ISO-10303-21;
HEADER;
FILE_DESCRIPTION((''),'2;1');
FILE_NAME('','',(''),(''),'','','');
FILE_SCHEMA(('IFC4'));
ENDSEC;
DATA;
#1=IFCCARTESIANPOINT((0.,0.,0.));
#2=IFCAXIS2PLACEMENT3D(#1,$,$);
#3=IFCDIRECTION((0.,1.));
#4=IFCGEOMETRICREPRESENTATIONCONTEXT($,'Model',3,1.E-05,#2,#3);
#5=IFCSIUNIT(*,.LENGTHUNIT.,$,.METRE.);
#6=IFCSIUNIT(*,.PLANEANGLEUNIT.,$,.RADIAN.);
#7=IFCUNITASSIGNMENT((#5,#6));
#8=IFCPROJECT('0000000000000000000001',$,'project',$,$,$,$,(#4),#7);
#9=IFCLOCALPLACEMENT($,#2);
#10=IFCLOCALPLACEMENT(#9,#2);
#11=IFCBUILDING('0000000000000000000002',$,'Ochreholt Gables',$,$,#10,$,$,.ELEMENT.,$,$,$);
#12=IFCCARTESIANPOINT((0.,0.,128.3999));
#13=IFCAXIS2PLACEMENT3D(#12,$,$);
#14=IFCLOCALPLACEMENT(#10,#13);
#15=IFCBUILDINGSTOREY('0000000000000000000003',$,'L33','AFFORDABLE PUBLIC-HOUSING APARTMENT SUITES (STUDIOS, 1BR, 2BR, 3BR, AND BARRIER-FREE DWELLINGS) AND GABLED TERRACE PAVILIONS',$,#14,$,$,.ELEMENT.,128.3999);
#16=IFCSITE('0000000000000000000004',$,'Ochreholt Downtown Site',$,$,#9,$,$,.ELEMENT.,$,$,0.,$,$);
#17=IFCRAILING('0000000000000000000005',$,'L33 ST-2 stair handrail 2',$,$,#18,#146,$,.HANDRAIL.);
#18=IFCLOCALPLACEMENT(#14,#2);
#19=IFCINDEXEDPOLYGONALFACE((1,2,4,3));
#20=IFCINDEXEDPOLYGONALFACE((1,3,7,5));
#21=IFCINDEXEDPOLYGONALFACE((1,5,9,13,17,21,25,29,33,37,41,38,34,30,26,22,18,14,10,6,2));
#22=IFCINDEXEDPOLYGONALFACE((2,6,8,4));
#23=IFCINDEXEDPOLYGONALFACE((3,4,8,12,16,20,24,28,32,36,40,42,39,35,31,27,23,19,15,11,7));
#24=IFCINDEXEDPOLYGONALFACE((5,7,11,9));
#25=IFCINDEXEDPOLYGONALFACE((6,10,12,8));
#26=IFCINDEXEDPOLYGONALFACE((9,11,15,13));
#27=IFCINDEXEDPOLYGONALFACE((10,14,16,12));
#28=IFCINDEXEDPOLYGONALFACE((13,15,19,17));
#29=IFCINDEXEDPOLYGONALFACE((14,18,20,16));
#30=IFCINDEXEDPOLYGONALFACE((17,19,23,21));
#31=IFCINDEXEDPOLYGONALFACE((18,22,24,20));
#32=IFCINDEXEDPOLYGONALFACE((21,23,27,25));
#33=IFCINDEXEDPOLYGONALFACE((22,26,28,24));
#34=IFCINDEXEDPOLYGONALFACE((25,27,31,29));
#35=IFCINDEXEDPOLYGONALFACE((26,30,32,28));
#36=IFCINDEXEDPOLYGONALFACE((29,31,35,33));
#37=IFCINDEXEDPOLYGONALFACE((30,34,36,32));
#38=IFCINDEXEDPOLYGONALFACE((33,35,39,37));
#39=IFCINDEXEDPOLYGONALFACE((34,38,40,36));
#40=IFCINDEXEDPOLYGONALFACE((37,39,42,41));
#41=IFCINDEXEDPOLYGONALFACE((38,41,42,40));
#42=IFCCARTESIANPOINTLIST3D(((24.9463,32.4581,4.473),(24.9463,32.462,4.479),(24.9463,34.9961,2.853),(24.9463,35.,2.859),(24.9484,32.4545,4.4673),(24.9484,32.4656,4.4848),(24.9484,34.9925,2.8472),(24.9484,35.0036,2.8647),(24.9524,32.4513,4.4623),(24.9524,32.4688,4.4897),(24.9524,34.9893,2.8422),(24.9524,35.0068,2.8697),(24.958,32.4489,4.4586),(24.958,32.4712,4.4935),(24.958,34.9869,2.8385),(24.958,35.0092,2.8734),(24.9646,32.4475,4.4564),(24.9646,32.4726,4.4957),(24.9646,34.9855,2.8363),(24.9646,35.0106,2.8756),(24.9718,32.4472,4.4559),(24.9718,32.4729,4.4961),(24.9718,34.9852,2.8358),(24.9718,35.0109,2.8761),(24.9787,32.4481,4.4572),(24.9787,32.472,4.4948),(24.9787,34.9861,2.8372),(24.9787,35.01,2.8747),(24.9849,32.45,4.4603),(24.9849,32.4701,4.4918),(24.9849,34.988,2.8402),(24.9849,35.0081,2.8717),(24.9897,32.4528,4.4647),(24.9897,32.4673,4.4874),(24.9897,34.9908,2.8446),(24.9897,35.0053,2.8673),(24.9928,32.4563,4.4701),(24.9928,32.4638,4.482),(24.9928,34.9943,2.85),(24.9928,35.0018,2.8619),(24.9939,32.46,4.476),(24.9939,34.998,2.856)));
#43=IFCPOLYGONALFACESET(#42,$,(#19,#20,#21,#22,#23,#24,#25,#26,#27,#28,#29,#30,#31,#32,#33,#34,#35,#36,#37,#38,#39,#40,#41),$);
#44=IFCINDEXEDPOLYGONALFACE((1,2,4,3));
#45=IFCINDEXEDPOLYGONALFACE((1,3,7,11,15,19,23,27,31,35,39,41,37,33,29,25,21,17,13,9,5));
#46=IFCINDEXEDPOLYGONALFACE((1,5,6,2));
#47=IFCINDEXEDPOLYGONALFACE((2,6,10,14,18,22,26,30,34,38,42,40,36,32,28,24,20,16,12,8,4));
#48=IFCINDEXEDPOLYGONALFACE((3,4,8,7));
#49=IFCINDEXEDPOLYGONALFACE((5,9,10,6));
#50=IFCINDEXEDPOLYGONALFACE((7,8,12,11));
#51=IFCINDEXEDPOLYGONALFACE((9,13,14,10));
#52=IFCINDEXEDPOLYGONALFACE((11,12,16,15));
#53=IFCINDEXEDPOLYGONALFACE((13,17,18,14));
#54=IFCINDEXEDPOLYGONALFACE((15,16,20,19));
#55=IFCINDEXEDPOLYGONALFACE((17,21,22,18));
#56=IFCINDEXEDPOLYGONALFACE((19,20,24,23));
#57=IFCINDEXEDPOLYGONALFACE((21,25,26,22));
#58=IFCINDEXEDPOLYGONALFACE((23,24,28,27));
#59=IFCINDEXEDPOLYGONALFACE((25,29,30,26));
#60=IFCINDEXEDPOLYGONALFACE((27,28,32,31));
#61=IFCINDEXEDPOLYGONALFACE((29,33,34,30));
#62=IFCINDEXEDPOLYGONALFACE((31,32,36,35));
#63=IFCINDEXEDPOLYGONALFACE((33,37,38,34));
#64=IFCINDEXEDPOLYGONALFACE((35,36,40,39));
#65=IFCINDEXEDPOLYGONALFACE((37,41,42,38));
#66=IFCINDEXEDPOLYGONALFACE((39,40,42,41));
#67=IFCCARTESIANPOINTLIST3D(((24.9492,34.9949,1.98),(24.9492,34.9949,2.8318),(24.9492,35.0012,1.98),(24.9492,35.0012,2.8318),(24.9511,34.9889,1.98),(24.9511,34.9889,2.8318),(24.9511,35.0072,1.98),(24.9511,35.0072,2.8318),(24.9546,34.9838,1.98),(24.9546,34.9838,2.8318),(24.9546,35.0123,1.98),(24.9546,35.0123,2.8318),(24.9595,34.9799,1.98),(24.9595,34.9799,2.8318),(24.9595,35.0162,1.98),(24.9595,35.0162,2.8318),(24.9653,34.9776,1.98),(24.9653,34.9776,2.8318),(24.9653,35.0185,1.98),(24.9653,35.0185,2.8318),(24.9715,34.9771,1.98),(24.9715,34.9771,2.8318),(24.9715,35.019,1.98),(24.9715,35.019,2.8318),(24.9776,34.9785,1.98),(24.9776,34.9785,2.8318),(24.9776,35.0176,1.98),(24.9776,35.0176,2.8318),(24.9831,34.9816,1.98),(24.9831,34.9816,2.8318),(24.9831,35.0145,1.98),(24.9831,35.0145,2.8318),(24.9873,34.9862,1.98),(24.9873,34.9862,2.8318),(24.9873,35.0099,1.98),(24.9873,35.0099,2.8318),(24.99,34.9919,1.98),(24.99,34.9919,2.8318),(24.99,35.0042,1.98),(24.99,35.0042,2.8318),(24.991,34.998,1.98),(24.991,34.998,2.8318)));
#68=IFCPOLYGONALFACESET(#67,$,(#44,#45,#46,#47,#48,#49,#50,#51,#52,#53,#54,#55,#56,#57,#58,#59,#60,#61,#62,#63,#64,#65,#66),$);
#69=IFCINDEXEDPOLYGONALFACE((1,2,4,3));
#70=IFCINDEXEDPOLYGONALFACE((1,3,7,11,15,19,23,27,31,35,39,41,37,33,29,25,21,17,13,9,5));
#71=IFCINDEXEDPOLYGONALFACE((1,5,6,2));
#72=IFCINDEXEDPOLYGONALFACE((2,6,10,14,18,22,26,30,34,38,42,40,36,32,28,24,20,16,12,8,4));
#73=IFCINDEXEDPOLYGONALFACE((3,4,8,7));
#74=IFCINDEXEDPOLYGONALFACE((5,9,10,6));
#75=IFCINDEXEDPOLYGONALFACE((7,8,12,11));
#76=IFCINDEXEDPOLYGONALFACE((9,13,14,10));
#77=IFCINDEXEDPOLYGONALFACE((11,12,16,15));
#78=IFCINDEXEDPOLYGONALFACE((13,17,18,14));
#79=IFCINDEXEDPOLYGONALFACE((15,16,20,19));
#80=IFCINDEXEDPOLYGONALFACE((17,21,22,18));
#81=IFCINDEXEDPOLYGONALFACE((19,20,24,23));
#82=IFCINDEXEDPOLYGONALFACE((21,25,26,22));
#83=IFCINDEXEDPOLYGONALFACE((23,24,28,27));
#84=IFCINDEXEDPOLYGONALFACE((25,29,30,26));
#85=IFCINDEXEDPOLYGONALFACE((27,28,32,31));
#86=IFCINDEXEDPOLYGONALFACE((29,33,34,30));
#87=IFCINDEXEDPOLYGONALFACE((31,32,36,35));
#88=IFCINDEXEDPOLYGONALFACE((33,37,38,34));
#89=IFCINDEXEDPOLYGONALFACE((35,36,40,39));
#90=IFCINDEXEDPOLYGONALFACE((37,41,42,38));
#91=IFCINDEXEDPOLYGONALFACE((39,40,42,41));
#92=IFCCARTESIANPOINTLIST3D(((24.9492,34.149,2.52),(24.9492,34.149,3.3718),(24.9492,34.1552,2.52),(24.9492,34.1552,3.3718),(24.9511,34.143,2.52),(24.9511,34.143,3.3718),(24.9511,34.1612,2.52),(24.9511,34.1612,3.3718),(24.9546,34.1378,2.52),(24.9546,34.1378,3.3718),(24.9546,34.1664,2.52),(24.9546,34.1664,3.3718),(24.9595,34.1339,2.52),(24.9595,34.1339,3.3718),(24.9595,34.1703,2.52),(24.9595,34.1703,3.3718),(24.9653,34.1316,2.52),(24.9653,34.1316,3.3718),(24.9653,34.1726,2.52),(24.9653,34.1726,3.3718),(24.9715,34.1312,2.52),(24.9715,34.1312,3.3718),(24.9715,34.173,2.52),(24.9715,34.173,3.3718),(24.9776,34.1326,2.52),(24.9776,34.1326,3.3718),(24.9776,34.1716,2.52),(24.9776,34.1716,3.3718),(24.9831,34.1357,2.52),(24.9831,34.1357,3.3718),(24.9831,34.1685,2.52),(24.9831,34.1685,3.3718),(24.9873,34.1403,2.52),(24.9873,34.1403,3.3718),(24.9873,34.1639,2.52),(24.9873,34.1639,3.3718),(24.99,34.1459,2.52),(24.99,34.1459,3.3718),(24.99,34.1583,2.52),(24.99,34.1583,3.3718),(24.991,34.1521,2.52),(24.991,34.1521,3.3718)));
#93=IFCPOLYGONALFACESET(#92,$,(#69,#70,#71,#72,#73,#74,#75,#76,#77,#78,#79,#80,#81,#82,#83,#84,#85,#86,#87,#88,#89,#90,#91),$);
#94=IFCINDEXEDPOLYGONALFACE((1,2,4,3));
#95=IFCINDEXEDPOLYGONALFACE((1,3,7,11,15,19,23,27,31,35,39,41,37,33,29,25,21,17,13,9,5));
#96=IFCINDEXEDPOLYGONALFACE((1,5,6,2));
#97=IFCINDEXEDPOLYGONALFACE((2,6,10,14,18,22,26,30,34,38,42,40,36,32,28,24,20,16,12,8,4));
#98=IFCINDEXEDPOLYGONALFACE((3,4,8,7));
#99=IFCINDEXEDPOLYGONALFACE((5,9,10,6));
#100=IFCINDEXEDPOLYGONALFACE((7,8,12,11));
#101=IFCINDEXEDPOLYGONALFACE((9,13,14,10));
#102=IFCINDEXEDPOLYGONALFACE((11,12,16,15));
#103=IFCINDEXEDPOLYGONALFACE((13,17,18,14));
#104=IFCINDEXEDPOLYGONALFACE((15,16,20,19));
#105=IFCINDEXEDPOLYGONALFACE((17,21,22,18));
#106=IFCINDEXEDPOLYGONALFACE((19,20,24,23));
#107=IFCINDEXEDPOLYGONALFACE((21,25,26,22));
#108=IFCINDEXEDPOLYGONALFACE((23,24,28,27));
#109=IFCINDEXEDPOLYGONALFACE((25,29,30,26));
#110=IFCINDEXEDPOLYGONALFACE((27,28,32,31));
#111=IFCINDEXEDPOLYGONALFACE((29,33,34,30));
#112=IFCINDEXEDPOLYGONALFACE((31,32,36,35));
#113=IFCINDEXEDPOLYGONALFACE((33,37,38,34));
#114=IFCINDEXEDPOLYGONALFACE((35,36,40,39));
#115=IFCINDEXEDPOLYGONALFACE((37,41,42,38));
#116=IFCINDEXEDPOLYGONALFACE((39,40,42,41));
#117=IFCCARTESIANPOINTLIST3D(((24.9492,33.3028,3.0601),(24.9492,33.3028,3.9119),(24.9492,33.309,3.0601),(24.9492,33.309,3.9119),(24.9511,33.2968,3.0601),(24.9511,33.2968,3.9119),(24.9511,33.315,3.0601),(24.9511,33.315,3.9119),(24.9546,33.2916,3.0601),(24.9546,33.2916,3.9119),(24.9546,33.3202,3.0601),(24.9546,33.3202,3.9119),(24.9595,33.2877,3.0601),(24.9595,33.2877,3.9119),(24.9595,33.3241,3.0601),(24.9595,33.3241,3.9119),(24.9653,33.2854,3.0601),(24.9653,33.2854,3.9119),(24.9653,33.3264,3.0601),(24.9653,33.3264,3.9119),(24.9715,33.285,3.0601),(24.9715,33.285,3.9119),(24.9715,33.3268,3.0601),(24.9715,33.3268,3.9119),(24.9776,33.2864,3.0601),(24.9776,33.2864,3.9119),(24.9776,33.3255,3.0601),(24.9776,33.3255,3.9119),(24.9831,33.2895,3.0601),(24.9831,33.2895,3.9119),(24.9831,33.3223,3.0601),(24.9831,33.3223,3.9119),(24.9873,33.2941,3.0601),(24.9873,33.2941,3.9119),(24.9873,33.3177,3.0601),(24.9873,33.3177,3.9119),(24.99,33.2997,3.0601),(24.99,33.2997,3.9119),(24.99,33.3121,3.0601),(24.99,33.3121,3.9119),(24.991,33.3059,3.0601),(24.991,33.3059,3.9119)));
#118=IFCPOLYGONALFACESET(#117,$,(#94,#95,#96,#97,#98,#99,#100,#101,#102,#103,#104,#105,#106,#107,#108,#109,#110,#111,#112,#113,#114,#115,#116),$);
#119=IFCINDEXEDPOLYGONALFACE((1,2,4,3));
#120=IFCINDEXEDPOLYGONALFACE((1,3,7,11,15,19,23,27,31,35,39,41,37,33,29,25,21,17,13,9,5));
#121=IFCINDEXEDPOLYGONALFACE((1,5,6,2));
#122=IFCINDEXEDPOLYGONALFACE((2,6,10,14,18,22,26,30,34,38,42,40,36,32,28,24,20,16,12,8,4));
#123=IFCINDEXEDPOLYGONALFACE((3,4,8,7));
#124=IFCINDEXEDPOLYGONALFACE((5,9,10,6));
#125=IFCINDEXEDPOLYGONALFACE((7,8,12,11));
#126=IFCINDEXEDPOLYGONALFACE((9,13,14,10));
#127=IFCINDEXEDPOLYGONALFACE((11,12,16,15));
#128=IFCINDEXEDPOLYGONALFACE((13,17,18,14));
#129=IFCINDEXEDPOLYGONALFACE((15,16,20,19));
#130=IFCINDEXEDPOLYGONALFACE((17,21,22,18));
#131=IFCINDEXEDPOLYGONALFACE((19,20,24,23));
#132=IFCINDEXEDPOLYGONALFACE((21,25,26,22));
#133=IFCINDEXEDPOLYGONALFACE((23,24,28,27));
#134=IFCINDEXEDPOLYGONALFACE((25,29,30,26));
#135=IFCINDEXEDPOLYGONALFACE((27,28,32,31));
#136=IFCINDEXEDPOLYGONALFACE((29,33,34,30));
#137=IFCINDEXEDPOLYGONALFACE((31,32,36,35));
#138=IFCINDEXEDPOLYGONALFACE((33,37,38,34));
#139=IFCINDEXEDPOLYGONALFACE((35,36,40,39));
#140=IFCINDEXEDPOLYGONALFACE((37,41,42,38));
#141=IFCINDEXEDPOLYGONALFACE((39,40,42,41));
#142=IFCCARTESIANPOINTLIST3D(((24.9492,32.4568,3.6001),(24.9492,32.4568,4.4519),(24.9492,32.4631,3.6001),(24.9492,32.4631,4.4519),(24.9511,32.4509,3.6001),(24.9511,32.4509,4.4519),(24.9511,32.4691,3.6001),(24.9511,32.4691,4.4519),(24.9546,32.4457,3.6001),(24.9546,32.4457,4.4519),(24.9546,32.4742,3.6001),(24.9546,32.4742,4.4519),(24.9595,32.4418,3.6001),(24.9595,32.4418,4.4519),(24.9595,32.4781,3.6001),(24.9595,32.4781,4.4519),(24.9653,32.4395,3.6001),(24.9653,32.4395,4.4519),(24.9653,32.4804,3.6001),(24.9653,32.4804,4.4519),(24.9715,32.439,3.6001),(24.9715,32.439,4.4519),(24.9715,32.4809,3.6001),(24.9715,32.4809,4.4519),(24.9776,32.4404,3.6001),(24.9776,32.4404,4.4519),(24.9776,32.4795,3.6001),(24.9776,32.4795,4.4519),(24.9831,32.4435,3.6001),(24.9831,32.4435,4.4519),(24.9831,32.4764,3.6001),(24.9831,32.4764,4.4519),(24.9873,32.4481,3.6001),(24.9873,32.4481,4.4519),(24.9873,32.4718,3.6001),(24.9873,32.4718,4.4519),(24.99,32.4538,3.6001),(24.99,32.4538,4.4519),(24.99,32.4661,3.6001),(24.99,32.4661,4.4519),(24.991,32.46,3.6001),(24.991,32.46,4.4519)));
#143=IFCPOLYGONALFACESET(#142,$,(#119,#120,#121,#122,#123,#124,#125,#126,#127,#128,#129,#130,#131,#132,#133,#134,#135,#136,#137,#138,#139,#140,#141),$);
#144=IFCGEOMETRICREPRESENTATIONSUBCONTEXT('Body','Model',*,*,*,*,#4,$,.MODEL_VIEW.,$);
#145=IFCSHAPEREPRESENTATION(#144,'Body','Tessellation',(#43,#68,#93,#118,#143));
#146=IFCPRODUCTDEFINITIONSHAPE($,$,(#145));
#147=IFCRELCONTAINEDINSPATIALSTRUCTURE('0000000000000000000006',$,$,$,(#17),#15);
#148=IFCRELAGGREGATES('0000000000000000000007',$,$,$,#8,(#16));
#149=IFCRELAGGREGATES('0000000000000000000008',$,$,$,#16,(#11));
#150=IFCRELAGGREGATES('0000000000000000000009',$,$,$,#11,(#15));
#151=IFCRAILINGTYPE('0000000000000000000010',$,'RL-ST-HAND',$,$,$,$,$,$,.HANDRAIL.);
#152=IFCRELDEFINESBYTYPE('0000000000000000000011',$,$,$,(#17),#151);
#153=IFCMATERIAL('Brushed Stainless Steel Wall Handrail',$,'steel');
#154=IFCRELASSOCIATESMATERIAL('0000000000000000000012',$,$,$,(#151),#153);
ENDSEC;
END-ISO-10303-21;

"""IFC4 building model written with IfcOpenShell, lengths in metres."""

from ifc_helpers import new_model, si_unit, direction, frame, origin, origin_2d, place, context, subcontext, project, spatial, circle, extrude, material, type_object, element, save


model = new_model("IFC4")

# Units and contexts
model_context = context("Model", 3, precision=1e-05, world=origin(), true_north=direction((0.0, 1.0)))
body_context = subcontext(model_context, "Body", "Model", "MODEL_VIEW")
ifc_project = project(units=[si_unit("LENGTHUNIT", "METRE"), si_unit("PLANEANGLEUNIT", "RADIAN")], contexts=[model_context])

# Site, building, storey
site_placement = place(None, origin())
site = spatial("IfcSite", under=ifc_project, at=site_placement, Name="Ochreholt Downtown Site", CompositionType="ELEMENT", RefElevation=0.0)
building_placement = place(site_placement, origin())
building = spatial("IfcBuilding", under=site, at=building_placement, Name="Ochreholt Gables", CompositionType="ELEMENT")
storey_placement = place(building_placement, frame((0.0, 0.0, 128.3999)))
storey = spatial("IfcBuildingStorey", under=building, at=storey_placement, Name="L33", Description="AFFORDABLE PUBLIC-HOUSING APARTMENT SUITES (STUDIOS, 1BR, 2BR, 3BR, AND BARRIER-FREE DWELLINGS) AND GABLED TERRACE PAVILIONS", CompositionType="ELEMENT", Elevation=128.3999)

# Railing
ifc_material_1 = material(Name="Brushed Stainless Steel Wall Handrail", Category="steel")
railing_type_1 = type_object("IfcRailingType", Name="RL-ST-HAND", PredefinedType="HANDRAIL", material=ifc_material_1)
railing_1_placement = place(storey_placement, frame((24.97, 34.998, 1.98)))
element("IfcRailing", 1, at=railing_1_placement, inside=storey, type_object=railing_type_1, Name="L33 ST-2 stair handrail 2", PredefinedType="HANDRAIL", context=body_context, shape_type="SweptSolid", body=[
    extrude(circle(Radius=0.0239, at=origin_2d()), frame((0.0, 0.0, 0.876), z_axis=(0.0, -0.842913, 0.53805), x_axis=(1.0, 0.0, 0.0)), (0.0, 0.0, 1.0), 3.011),
    extrude(circle(Radius=0.021, at=origin_2d()), origin(), (0.0, 0.0, 1.0), 0.8518),
    extrude(circle(Radius=0.021, at=origin_2d()), frame((0.0, -0.8459, 0.54)), (0.0, 0.0, 1.0), 0.8518),
    extrude(circle(Radius=0.021, at=origin_2d()), frame((0.0, -1.6921, 1.0801)), (0.0, 0.0, 1.0), 0.8518),
    extrude(circle(Radius=0.021, at=origin_2d()), frame((0.0, -2.5381, 1.6201)), (0.0, 0.0, 1.0), 0.8518),
])

save(model, "model.ifc")
